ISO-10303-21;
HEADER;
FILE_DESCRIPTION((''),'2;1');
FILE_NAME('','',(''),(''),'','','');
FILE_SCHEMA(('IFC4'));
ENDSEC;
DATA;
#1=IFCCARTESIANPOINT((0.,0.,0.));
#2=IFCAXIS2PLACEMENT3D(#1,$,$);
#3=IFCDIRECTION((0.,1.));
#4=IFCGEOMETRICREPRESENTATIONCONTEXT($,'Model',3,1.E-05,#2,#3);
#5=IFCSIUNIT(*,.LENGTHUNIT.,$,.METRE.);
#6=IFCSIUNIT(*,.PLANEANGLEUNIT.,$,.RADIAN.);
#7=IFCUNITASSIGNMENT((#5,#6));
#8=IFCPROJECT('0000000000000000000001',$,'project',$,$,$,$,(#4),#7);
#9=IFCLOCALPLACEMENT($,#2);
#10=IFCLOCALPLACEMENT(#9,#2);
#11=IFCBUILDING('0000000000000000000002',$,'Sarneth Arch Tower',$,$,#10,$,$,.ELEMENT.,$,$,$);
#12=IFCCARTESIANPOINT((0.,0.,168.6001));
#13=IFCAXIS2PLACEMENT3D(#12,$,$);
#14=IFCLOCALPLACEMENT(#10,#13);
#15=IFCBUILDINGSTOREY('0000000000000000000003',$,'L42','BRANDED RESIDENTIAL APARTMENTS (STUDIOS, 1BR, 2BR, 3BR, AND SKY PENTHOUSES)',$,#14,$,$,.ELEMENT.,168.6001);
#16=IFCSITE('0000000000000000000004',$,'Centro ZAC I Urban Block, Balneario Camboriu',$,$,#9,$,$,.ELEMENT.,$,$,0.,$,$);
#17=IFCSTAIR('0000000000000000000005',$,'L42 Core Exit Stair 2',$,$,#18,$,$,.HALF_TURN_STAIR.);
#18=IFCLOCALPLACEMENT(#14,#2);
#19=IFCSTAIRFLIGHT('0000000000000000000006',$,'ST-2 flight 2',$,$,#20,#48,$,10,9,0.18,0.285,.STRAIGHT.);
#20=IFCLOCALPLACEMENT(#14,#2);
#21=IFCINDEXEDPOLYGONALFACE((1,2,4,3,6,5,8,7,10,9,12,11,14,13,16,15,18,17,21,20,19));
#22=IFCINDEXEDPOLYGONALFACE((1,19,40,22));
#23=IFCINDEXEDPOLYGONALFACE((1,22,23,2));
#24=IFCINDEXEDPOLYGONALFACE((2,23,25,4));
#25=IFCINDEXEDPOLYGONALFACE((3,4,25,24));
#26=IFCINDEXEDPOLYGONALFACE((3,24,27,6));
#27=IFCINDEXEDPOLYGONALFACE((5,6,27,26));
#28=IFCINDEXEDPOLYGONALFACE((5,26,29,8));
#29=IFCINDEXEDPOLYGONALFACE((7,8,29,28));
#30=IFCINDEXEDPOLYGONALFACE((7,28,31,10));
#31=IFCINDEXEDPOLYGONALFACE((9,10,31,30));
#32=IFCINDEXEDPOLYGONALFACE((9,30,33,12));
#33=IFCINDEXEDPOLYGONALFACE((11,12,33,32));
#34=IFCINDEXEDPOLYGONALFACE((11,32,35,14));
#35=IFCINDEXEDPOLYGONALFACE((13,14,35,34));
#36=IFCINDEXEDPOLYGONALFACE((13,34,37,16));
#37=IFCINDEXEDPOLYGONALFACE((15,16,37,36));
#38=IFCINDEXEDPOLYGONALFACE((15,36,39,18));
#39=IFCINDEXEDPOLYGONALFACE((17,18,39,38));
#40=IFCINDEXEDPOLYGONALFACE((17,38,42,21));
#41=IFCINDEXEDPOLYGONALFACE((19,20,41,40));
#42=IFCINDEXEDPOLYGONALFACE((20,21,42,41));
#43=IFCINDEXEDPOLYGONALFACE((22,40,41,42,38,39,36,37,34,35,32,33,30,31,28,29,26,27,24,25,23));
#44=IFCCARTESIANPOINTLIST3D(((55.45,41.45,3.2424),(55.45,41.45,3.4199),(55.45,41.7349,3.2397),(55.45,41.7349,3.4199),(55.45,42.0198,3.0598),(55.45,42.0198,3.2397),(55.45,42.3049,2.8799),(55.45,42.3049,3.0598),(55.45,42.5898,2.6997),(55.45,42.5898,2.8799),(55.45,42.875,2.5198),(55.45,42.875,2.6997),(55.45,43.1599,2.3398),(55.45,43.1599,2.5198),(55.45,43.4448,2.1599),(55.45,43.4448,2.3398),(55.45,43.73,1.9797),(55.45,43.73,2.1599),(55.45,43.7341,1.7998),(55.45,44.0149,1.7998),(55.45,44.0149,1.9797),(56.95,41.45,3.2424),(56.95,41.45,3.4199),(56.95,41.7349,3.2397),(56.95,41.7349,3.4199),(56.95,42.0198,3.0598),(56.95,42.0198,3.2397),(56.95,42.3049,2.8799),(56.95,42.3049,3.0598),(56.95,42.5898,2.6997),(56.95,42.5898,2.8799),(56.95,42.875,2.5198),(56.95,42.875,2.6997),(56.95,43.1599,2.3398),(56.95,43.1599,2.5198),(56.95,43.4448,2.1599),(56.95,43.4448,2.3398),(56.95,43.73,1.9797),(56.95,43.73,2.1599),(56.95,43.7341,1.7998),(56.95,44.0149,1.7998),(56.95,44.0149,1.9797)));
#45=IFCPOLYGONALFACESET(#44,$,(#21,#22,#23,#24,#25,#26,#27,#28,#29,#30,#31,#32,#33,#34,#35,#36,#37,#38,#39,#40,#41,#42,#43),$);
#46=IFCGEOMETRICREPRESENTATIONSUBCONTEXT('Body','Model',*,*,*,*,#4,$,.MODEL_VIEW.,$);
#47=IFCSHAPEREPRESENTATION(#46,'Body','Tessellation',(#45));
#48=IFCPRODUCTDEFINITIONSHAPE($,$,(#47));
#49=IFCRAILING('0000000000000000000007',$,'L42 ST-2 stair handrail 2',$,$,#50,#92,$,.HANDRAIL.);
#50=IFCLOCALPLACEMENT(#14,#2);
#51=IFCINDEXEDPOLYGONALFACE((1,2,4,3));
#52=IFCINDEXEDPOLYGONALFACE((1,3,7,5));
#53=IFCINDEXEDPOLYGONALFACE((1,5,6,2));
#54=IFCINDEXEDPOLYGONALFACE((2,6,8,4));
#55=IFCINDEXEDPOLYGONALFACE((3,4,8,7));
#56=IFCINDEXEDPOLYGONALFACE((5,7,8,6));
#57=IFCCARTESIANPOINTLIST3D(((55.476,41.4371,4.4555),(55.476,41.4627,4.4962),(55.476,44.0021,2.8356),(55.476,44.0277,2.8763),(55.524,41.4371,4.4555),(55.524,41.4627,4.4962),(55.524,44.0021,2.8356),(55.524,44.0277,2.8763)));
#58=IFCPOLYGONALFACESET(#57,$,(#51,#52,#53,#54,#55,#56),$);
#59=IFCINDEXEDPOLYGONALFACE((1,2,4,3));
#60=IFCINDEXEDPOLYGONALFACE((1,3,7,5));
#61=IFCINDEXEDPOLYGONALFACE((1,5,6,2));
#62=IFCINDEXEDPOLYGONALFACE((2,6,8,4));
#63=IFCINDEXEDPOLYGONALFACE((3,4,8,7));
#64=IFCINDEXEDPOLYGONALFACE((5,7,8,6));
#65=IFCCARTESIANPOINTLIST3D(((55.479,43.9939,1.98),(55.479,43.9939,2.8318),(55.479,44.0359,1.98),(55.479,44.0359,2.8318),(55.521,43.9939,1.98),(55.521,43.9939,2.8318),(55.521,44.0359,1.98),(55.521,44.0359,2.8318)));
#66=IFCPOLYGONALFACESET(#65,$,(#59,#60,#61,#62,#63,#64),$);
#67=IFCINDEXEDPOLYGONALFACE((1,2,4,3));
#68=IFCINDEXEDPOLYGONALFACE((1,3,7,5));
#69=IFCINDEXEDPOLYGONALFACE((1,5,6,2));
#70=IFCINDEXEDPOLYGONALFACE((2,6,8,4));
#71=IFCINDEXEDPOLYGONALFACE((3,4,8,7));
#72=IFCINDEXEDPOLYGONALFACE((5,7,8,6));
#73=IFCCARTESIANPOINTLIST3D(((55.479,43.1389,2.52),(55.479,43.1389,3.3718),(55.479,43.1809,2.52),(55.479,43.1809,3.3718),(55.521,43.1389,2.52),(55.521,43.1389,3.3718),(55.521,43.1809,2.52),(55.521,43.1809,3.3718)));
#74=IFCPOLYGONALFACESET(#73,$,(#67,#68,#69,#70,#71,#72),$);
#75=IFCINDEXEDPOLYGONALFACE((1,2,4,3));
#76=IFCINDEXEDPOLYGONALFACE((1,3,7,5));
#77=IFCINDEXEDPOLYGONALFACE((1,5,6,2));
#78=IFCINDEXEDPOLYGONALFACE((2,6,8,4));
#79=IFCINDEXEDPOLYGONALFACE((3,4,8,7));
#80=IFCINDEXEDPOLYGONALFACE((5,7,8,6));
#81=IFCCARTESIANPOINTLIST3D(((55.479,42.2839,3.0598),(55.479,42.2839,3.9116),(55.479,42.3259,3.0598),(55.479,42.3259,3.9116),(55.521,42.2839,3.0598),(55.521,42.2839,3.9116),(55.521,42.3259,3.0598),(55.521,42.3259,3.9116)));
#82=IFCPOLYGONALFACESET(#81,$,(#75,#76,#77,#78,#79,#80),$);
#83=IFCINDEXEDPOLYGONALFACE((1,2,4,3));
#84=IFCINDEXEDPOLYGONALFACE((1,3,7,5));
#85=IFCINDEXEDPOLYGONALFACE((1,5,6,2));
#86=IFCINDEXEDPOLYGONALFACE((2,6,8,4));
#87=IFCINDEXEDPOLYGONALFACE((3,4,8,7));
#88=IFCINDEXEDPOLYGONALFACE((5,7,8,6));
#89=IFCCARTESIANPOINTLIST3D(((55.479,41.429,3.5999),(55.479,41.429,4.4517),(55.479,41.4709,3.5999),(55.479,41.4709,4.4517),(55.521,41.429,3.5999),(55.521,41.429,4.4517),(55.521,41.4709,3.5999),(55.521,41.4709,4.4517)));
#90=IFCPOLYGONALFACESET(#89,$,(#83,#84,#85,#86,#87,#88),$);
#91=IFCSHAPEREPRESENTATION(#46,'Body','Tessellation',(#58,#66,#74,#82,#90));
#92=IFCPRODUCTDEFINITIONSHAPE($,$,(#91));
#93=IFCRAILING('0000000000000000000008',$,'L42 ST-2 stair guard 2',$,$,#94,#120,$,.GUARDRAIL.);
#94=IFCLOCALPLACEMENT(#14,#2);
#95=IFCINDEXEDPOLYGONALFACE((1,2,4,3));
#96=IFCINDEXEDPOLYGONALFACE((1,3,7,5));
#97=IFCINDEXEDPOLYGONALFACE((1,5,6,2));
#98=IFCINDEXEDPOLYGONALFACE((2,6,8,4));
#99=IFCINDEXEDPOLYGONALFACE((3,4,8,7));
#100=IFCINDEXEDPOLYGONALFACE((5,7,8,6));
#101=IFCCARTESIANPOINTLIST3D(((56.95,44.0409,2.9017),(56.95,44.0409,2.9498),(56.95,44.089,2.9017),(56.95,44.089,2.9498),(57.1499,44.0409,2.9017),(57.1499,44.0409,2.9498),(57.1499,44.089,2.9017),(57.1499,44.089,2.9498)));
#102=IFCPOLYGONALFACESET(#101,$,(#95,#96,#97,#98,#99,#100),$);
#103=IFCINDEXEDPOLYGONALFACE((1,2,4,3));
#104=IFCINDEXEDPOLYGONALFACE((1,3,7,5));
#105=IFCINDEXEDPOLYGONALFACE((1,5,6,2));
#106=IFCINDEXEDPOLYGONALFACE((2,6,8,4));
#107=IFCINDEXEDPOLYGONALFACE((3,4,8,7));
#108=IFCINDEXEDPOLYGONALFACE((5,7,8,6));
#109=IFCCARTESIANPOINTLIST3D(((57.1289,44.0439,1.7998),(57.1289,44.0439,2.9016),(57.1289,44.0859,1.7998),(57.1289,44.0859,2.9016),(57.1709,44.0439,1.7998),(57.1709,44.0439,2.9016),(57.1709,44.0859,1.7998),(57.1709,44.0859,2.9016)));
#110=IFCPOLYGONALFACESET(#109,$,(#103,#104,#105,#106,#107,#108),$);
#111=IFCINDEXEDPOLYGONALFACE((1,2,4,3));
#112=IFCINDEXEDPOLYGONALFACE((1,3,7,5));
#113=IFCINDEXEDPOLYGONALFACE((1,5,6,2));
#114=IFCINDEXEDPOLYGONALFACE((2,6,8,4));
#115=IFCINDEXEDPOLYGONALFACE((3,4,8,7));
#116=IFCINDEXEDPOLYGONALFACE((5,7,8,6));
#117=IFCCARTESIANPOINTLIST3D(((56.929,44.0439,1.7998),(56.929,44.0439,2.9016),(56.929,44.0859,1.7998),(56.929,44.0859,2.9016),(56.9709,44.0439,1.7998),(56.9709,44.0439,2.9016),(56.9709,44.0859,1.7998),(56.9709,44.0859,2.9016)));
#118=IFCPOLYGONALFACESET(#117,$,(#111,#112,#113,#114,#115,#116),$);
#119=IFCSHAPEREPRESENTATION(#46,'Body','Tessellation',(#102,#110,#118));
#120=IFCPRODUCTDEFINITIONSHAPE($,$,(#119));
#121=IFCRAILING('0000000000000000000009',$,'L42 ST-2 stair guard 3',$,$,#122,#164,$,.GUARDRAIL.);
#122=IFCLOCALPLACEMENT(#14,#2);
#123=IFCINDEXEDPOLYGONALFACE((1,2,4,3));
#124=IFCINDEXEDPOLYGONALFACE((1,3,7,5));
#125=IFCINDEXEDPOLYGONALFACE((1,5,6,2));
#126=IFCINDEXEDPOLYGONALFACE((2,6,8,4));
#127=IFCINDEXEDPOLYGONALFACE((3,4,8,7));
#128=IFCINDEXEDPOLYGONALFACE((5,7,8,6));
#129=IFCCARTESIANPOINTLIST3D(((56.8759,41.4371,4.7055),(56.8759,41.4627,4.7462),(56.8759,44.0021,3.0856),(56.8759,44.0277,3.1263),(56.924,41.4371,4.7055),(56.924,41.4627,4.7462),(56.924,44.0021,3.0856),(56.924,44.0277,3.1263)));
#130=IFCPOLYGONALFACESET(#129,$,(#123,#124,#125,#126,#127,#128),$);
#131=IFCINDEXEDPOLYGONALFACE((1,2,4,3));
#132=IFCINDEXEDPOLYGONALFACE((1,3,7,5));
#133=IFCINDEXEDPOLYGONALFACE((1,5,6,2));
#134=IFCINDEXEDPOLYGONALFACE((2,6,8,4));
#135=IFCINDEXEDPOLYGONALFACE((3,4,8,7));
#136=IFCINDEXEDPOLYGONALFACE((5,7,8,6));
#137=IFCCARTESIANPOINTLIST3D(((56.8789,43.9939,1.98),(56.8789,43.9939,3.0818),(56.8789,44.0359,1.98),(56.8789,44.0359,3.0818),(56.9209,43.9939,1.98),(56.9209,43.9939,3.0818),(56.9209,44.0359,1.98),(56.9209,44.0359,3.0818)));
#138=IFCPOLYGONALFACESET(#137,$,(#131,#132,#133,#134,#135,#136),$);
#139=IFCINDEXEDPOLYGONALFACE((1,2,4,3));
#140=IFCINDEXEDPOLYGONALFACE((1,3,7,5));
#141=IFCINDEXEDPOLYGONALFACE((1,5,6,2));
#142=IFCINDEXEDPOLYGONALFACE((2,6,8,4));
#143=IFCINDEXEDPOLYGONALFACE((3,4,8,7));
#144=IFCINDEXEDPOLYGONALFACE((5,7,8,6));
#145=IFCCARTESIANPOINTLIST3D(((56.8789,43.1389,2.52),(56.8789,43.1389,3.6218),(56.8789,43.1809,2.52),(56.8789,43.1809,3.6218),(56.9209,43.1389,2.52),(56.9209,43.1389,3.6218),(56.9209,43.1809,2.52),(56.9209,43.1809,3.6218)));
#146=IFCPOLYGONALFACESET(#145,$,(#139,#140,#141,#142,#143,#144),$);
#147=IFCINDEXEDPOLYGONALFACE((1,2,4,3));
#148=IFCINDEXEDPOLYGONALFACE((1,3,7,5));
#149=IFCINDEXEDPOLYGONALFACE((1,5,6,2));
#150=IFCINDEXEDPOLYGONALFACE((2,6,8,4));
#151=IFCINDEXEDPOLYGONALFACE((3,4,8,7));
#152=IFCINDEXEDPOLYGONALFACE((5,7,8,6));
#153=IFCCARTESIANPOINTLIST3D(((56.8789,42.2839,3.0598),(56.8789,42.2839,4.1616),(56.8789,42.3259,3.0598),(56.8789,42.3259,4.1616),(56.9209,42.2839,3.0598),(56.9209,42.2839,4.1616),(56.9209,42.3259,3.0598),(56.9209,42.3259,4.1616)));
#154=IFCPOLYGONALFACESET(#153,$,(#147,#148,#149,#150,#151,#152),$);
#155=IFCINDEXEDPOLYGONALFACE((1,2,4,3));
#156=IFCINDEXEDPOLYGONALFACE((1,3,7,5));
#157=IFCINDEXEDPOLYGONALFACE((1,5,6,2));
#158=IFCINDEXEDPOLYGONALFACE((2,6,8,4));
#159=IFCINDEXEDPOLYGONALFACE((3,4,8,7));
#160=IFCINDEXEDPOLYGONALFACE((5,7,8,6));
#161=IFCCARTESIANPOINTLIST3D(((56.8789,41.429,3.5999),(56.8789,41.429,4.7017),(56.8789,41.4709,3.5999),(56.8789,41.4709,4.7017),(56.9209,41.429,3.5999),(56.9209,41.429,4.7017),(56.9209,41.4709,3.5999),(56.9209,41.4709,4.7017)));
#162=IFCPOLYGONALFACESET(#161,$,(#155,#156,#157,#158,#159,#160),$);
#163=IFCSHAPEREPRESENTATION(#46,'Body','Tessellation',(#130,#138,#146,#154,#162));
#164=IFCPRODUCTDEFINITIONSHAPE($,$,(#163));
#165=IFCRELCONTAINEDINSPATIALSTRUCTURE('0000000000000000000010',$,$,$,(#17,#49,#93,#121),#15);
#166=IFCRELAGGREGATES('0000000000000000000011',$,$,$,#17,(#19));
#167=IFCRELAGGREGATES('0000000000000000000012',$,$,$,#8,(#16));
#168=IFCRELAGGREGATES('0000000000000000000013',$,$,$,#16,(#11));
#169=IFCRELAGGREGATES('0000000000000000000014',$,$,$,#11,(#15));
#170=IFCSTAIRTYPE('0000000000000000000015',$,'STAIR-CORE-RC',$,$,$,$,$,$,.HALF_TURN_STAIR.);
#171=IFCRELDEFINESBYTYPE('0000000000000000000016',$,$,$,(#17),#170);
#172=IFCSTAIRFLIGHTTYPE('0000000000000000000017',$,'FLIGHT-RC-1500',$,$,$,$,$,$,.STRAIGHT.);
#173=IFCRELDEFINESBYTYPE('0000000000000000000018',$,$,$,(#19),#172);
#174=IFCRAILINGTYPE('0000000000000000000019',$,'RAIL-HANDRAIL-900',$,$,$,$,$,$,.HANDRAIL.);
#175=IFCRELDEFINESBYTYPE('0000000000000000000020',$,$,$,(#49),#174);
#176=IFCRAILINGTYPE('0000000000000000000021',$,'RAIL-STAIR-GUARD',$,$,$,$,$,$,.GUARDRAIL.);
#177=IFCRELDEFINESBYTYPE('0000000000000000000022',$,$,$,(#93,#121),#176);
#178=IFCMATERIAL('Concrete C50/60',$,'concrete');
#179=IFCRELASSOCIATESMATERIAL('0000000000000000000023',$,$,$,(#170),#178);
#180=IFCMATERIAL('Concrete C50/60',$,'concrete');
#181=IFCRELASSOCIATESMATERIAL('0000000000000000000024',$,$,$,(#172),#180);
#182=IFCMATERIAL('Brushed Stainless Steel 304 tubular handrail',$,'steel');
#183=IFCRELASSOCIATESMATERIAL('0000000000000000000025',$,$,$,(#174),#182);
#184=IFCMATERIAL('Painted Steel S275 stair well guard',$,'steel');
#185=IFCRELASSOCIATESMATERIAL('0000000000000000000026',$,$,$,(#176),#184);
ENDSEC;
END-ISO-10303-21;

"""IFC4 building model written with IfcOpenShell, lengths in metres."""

from ifc_helpers import new_model, si_unit, direction, frame, origin, origin_2d, place, context, subcontext, project, spatial, polyline, rectangle, outline, extrude, material, type_object, element, aggregate, save


model = new_model("IFC4")

# Units and contexts
model_context = context("Model", 3, precision=1e-05, world=origin(), true_north=direction((0.0, 1.0)))
body_context = subcontext(model_context, "Body", "Model", "MODEL_VIEW")
ifc_project = project(units=[si_unit("LENGTHUNIT", "METRE"), si_unit("PLANEANGLEUNIT", "RADIAN")], contexts=[model_context])

# Site, building, storey
site_placement = place(None, origin())
site = spatial("IfcSite", under=ifc_project, at=site_placement, Name="Centro ZAC I Urban Block, Balneario Camboriu", CompositionType="ELEMENT", RefElevation=0.0)
building_placement = place(site_placement, origin())
building = spatial("IfcBuilding", under=site, at=building_placement, Name="Sarneth Arch Tower", CompositionType="ELEMENT")
storey_placement = place(building_placement, frame((0.0, 0.0, 168.6001)))
storey = spatial("IfcBuildingStorey", under=building, at=storey_placement, Name="L42", Description="BRANDED RESIDENTIAL APARTMENTS (STUDIOS, 1BR, 2BR, 3BR, AND SKY PENTHOUSES)", CompositionType="ELEMENT", Elevation=168.6001)

# Stair, stair flight
ifc_material_1 = material(Name="Concrete C50/60", Category="concrete")
stair_type = type_object("IfcStairType", Name="STAIR-CORE-RC", PredefinedType="HALF_TURN_STAIR", material=ifc_material_1)
stair_placement = place(storey_placement, origin())
stair = element("IfcStair", 1, at=stair_placement, inside=storey, type_object=stair_type, Name="L42 Core Exit Stair 2", PredefinedType="HALF_TURN_STAIR")
ifc_material_2 = material(Name="Concrete C50/60", Category="concrete")
stair_flight_type = type_object("IfcStairFlightType", Name="FLIGHT-RC-1500", PredefinedType="STRAIGHT", material=ifc_material_2)
stair_flight_placement = place(storey_placement, frame((56.2, 44.0149, 1.7998), z_axis=(0.0, 0.0, 1.0), x_axis=(0.0, -1.0, 0.0)))
stair_flight = element("IfcStairFlight", 2, at=stair_flight_placement, type_object=stair_flight_type, Name="ST-2 flight 2", NumberOfRisers=10, NumberOfTreads=9, PredefinedType="STRAIGHT", RiserHeight=0.18, TreadLength=0.285, context=body_context, shape_type="SweptSolid", body=[
    extrude(outline(polyline([(0.0, 0.0), (0.0, 0.1799), (0.2849, 0.1799), (0.2849, 0.3601), (0.5701, 0.3601), (0.5701, 0.54), (0.855, 0.54), (0.855, 0.72), (1.1399, 0.72), (1.1399, 0.8999), (1.425, 0.8999), (1.425, 1.0801), (1.71, 1.0801), (1.71, 1.26), (1.9951, 1.26), (1.9951, 1.4399), (2.28, 1.4399), (2.28, 1.6201), (2.5649, 1.6201), (2.5649, 1.8), (2.5649, 1.4426), (0.2808, 0.0), (0.0, 0.0)])), frame((0.0, 0.75, 0.0), z_axis=(0.0, -1.0, 0.0), x_axis=(1.0, 0.0, 0.0)), (0.0, 0.0, 1.0), 1.5),
])
aggregate(stair, [stair_flight])

# Railings
ifc_material_3 = material(Name="Brushed Stainless Steel 304 tubular handrail", Category="steel")
railing_type_1 = type_object("IfcRailingType", Name="RAIL-HANDRAIL-900", PredefinedType="HANDRAIL", material=ifc_material_3)
railing_1_placement = place(storey_placement, frame((55.5, 44.0149, 1.98)))
element("IfcRailing", 3, at=railing_1_placement, inside=storey, type_object=railing_type_1, Name="L42 ST-2 stair handrail 2", PredefinedType="HANDRAIL", context=body_context, shape_type="SweptSolid", body=[
    extrude(rectangle(XDim=0.0481, YDim=0.0481, at=origin_2d()), frame((0.0, 0.0, 0.876), z_axis=(0.0, -0.845502, 0.533972), x_axis=(1.0, 0.0, 0.0)), (0.0, 0.0, 1.0), 3.0337),
    extrude(rectangle(XDim=0.042, YDim=0.042, at=origin_2d()), origin(), (0.0, 0.0, 1.0), 0.8518),
    extrude(rectangle(XDim=0.042, YDim=0.042, at=origin_2d()), frame((0.0, -0.855, 0.54)), (0.0, 0.0, 1.0), 0.8518),
    extrude(rectangle(XDim=0.042, YDim=0.042, at=origin_2d()), frame((0.0, -1.71, 1.0798)), (0.0, 0.0, 1.0), 0.8518),
    extrude(rectangle(XDim=0.042, YDim=0.042, at=origin_2d()), frame((0.0, -2.5649, 1.6199)), (0.0, 0.0, 1.0), 0.8518),
])
ifc_material_4 = material(Name="Painted Steel S275 stair well guard", Category="steel")
railing_type_2 = type_object("IfcRailingType", Name="RAIL-STAIR-GUARD", PredefinedType="GUARDRAIL", material=ifc_material_4)
railing_2_placement = place(storey_placement, frame((57.1499, 44.0649, 1.7998)))
element("IfcRailing", 4, at=railing_2_placement, inside=storey, type_object=railing_type_2, Name="L42 ST-2 stair guard 2", PredefinedType="GUARDRAIL", context=body_context, shape_type="SweptSolid", body=[
    extrude(rectangle(XDim=0.0481, YDim=0.0481, at=origin_2d()), frame((0.0, 0.0, 1.126), z_axis=(-1.0, 0.0, 0.0), x_axis=(0.0, -1.0, 0.0)), (0.0, 0.0, 1.0), 0.2),
    extrude(rectangle(XDim=0.042, YDim=0.042, at=origin_2d()), origin(), (0.0, 0.0, 1.0), 1.1018),
    extrude(rectangle(XDim=0.042, YDim=0.042, at=origin_2d()), frame((-0.2, 0.0, 0.0)), (0.0, 0.0, 1.0), 1.1018),
])
railing_3_placement = place(storey_placement, frame((56.8999, 44.0149, 1.98)))
element("IfcRailing", 5, at=railing_3_placement, inside=storey, type_object=railing_type_2, Name="L42 ST-2 stair guard 3", PredefinedType="GUARDRAIL", context=body_context, shape_type="SweptSolid", body=[
    extrude(rectangle(XDim=0.0481, YDim=0.0481, at=origin_2d()), frame((0.0, 0.0, 1.126), z_axis=(0.0, -0.845502, 0.533972), x_axis=(1.0, 0.0, 0.0)), (0.0, 0.0, 1.0), 3.0337),
    extrude(rectangle(XDim=0.042, YDim=0.042, at=origin_2d()), origin(), (0.0, 0.0, 1.0), 1.1018),
    extrude(rectangle(XDim=0.042, YDim=0.042, at=origin_2d()), frame((0.0, -0.855, 0.54)), (0.0, 0.0, 1.0), 1.1018),
    extrude(rectangle(XDim=0.042, YDim=0.042, at=origin_2d()), frame((0.0, -1.71, 1.0798)), (0.0, 0.0, 1.0), 1.1018),
    extrude(rectangle(XDim=0.042, YDim=0.042, at=origin_2d()), frame((0.0, -2.5649, 1.6199)), (0.0, 0.0, 1.0), 1.1018),
])

save(model, "model.ifc")
